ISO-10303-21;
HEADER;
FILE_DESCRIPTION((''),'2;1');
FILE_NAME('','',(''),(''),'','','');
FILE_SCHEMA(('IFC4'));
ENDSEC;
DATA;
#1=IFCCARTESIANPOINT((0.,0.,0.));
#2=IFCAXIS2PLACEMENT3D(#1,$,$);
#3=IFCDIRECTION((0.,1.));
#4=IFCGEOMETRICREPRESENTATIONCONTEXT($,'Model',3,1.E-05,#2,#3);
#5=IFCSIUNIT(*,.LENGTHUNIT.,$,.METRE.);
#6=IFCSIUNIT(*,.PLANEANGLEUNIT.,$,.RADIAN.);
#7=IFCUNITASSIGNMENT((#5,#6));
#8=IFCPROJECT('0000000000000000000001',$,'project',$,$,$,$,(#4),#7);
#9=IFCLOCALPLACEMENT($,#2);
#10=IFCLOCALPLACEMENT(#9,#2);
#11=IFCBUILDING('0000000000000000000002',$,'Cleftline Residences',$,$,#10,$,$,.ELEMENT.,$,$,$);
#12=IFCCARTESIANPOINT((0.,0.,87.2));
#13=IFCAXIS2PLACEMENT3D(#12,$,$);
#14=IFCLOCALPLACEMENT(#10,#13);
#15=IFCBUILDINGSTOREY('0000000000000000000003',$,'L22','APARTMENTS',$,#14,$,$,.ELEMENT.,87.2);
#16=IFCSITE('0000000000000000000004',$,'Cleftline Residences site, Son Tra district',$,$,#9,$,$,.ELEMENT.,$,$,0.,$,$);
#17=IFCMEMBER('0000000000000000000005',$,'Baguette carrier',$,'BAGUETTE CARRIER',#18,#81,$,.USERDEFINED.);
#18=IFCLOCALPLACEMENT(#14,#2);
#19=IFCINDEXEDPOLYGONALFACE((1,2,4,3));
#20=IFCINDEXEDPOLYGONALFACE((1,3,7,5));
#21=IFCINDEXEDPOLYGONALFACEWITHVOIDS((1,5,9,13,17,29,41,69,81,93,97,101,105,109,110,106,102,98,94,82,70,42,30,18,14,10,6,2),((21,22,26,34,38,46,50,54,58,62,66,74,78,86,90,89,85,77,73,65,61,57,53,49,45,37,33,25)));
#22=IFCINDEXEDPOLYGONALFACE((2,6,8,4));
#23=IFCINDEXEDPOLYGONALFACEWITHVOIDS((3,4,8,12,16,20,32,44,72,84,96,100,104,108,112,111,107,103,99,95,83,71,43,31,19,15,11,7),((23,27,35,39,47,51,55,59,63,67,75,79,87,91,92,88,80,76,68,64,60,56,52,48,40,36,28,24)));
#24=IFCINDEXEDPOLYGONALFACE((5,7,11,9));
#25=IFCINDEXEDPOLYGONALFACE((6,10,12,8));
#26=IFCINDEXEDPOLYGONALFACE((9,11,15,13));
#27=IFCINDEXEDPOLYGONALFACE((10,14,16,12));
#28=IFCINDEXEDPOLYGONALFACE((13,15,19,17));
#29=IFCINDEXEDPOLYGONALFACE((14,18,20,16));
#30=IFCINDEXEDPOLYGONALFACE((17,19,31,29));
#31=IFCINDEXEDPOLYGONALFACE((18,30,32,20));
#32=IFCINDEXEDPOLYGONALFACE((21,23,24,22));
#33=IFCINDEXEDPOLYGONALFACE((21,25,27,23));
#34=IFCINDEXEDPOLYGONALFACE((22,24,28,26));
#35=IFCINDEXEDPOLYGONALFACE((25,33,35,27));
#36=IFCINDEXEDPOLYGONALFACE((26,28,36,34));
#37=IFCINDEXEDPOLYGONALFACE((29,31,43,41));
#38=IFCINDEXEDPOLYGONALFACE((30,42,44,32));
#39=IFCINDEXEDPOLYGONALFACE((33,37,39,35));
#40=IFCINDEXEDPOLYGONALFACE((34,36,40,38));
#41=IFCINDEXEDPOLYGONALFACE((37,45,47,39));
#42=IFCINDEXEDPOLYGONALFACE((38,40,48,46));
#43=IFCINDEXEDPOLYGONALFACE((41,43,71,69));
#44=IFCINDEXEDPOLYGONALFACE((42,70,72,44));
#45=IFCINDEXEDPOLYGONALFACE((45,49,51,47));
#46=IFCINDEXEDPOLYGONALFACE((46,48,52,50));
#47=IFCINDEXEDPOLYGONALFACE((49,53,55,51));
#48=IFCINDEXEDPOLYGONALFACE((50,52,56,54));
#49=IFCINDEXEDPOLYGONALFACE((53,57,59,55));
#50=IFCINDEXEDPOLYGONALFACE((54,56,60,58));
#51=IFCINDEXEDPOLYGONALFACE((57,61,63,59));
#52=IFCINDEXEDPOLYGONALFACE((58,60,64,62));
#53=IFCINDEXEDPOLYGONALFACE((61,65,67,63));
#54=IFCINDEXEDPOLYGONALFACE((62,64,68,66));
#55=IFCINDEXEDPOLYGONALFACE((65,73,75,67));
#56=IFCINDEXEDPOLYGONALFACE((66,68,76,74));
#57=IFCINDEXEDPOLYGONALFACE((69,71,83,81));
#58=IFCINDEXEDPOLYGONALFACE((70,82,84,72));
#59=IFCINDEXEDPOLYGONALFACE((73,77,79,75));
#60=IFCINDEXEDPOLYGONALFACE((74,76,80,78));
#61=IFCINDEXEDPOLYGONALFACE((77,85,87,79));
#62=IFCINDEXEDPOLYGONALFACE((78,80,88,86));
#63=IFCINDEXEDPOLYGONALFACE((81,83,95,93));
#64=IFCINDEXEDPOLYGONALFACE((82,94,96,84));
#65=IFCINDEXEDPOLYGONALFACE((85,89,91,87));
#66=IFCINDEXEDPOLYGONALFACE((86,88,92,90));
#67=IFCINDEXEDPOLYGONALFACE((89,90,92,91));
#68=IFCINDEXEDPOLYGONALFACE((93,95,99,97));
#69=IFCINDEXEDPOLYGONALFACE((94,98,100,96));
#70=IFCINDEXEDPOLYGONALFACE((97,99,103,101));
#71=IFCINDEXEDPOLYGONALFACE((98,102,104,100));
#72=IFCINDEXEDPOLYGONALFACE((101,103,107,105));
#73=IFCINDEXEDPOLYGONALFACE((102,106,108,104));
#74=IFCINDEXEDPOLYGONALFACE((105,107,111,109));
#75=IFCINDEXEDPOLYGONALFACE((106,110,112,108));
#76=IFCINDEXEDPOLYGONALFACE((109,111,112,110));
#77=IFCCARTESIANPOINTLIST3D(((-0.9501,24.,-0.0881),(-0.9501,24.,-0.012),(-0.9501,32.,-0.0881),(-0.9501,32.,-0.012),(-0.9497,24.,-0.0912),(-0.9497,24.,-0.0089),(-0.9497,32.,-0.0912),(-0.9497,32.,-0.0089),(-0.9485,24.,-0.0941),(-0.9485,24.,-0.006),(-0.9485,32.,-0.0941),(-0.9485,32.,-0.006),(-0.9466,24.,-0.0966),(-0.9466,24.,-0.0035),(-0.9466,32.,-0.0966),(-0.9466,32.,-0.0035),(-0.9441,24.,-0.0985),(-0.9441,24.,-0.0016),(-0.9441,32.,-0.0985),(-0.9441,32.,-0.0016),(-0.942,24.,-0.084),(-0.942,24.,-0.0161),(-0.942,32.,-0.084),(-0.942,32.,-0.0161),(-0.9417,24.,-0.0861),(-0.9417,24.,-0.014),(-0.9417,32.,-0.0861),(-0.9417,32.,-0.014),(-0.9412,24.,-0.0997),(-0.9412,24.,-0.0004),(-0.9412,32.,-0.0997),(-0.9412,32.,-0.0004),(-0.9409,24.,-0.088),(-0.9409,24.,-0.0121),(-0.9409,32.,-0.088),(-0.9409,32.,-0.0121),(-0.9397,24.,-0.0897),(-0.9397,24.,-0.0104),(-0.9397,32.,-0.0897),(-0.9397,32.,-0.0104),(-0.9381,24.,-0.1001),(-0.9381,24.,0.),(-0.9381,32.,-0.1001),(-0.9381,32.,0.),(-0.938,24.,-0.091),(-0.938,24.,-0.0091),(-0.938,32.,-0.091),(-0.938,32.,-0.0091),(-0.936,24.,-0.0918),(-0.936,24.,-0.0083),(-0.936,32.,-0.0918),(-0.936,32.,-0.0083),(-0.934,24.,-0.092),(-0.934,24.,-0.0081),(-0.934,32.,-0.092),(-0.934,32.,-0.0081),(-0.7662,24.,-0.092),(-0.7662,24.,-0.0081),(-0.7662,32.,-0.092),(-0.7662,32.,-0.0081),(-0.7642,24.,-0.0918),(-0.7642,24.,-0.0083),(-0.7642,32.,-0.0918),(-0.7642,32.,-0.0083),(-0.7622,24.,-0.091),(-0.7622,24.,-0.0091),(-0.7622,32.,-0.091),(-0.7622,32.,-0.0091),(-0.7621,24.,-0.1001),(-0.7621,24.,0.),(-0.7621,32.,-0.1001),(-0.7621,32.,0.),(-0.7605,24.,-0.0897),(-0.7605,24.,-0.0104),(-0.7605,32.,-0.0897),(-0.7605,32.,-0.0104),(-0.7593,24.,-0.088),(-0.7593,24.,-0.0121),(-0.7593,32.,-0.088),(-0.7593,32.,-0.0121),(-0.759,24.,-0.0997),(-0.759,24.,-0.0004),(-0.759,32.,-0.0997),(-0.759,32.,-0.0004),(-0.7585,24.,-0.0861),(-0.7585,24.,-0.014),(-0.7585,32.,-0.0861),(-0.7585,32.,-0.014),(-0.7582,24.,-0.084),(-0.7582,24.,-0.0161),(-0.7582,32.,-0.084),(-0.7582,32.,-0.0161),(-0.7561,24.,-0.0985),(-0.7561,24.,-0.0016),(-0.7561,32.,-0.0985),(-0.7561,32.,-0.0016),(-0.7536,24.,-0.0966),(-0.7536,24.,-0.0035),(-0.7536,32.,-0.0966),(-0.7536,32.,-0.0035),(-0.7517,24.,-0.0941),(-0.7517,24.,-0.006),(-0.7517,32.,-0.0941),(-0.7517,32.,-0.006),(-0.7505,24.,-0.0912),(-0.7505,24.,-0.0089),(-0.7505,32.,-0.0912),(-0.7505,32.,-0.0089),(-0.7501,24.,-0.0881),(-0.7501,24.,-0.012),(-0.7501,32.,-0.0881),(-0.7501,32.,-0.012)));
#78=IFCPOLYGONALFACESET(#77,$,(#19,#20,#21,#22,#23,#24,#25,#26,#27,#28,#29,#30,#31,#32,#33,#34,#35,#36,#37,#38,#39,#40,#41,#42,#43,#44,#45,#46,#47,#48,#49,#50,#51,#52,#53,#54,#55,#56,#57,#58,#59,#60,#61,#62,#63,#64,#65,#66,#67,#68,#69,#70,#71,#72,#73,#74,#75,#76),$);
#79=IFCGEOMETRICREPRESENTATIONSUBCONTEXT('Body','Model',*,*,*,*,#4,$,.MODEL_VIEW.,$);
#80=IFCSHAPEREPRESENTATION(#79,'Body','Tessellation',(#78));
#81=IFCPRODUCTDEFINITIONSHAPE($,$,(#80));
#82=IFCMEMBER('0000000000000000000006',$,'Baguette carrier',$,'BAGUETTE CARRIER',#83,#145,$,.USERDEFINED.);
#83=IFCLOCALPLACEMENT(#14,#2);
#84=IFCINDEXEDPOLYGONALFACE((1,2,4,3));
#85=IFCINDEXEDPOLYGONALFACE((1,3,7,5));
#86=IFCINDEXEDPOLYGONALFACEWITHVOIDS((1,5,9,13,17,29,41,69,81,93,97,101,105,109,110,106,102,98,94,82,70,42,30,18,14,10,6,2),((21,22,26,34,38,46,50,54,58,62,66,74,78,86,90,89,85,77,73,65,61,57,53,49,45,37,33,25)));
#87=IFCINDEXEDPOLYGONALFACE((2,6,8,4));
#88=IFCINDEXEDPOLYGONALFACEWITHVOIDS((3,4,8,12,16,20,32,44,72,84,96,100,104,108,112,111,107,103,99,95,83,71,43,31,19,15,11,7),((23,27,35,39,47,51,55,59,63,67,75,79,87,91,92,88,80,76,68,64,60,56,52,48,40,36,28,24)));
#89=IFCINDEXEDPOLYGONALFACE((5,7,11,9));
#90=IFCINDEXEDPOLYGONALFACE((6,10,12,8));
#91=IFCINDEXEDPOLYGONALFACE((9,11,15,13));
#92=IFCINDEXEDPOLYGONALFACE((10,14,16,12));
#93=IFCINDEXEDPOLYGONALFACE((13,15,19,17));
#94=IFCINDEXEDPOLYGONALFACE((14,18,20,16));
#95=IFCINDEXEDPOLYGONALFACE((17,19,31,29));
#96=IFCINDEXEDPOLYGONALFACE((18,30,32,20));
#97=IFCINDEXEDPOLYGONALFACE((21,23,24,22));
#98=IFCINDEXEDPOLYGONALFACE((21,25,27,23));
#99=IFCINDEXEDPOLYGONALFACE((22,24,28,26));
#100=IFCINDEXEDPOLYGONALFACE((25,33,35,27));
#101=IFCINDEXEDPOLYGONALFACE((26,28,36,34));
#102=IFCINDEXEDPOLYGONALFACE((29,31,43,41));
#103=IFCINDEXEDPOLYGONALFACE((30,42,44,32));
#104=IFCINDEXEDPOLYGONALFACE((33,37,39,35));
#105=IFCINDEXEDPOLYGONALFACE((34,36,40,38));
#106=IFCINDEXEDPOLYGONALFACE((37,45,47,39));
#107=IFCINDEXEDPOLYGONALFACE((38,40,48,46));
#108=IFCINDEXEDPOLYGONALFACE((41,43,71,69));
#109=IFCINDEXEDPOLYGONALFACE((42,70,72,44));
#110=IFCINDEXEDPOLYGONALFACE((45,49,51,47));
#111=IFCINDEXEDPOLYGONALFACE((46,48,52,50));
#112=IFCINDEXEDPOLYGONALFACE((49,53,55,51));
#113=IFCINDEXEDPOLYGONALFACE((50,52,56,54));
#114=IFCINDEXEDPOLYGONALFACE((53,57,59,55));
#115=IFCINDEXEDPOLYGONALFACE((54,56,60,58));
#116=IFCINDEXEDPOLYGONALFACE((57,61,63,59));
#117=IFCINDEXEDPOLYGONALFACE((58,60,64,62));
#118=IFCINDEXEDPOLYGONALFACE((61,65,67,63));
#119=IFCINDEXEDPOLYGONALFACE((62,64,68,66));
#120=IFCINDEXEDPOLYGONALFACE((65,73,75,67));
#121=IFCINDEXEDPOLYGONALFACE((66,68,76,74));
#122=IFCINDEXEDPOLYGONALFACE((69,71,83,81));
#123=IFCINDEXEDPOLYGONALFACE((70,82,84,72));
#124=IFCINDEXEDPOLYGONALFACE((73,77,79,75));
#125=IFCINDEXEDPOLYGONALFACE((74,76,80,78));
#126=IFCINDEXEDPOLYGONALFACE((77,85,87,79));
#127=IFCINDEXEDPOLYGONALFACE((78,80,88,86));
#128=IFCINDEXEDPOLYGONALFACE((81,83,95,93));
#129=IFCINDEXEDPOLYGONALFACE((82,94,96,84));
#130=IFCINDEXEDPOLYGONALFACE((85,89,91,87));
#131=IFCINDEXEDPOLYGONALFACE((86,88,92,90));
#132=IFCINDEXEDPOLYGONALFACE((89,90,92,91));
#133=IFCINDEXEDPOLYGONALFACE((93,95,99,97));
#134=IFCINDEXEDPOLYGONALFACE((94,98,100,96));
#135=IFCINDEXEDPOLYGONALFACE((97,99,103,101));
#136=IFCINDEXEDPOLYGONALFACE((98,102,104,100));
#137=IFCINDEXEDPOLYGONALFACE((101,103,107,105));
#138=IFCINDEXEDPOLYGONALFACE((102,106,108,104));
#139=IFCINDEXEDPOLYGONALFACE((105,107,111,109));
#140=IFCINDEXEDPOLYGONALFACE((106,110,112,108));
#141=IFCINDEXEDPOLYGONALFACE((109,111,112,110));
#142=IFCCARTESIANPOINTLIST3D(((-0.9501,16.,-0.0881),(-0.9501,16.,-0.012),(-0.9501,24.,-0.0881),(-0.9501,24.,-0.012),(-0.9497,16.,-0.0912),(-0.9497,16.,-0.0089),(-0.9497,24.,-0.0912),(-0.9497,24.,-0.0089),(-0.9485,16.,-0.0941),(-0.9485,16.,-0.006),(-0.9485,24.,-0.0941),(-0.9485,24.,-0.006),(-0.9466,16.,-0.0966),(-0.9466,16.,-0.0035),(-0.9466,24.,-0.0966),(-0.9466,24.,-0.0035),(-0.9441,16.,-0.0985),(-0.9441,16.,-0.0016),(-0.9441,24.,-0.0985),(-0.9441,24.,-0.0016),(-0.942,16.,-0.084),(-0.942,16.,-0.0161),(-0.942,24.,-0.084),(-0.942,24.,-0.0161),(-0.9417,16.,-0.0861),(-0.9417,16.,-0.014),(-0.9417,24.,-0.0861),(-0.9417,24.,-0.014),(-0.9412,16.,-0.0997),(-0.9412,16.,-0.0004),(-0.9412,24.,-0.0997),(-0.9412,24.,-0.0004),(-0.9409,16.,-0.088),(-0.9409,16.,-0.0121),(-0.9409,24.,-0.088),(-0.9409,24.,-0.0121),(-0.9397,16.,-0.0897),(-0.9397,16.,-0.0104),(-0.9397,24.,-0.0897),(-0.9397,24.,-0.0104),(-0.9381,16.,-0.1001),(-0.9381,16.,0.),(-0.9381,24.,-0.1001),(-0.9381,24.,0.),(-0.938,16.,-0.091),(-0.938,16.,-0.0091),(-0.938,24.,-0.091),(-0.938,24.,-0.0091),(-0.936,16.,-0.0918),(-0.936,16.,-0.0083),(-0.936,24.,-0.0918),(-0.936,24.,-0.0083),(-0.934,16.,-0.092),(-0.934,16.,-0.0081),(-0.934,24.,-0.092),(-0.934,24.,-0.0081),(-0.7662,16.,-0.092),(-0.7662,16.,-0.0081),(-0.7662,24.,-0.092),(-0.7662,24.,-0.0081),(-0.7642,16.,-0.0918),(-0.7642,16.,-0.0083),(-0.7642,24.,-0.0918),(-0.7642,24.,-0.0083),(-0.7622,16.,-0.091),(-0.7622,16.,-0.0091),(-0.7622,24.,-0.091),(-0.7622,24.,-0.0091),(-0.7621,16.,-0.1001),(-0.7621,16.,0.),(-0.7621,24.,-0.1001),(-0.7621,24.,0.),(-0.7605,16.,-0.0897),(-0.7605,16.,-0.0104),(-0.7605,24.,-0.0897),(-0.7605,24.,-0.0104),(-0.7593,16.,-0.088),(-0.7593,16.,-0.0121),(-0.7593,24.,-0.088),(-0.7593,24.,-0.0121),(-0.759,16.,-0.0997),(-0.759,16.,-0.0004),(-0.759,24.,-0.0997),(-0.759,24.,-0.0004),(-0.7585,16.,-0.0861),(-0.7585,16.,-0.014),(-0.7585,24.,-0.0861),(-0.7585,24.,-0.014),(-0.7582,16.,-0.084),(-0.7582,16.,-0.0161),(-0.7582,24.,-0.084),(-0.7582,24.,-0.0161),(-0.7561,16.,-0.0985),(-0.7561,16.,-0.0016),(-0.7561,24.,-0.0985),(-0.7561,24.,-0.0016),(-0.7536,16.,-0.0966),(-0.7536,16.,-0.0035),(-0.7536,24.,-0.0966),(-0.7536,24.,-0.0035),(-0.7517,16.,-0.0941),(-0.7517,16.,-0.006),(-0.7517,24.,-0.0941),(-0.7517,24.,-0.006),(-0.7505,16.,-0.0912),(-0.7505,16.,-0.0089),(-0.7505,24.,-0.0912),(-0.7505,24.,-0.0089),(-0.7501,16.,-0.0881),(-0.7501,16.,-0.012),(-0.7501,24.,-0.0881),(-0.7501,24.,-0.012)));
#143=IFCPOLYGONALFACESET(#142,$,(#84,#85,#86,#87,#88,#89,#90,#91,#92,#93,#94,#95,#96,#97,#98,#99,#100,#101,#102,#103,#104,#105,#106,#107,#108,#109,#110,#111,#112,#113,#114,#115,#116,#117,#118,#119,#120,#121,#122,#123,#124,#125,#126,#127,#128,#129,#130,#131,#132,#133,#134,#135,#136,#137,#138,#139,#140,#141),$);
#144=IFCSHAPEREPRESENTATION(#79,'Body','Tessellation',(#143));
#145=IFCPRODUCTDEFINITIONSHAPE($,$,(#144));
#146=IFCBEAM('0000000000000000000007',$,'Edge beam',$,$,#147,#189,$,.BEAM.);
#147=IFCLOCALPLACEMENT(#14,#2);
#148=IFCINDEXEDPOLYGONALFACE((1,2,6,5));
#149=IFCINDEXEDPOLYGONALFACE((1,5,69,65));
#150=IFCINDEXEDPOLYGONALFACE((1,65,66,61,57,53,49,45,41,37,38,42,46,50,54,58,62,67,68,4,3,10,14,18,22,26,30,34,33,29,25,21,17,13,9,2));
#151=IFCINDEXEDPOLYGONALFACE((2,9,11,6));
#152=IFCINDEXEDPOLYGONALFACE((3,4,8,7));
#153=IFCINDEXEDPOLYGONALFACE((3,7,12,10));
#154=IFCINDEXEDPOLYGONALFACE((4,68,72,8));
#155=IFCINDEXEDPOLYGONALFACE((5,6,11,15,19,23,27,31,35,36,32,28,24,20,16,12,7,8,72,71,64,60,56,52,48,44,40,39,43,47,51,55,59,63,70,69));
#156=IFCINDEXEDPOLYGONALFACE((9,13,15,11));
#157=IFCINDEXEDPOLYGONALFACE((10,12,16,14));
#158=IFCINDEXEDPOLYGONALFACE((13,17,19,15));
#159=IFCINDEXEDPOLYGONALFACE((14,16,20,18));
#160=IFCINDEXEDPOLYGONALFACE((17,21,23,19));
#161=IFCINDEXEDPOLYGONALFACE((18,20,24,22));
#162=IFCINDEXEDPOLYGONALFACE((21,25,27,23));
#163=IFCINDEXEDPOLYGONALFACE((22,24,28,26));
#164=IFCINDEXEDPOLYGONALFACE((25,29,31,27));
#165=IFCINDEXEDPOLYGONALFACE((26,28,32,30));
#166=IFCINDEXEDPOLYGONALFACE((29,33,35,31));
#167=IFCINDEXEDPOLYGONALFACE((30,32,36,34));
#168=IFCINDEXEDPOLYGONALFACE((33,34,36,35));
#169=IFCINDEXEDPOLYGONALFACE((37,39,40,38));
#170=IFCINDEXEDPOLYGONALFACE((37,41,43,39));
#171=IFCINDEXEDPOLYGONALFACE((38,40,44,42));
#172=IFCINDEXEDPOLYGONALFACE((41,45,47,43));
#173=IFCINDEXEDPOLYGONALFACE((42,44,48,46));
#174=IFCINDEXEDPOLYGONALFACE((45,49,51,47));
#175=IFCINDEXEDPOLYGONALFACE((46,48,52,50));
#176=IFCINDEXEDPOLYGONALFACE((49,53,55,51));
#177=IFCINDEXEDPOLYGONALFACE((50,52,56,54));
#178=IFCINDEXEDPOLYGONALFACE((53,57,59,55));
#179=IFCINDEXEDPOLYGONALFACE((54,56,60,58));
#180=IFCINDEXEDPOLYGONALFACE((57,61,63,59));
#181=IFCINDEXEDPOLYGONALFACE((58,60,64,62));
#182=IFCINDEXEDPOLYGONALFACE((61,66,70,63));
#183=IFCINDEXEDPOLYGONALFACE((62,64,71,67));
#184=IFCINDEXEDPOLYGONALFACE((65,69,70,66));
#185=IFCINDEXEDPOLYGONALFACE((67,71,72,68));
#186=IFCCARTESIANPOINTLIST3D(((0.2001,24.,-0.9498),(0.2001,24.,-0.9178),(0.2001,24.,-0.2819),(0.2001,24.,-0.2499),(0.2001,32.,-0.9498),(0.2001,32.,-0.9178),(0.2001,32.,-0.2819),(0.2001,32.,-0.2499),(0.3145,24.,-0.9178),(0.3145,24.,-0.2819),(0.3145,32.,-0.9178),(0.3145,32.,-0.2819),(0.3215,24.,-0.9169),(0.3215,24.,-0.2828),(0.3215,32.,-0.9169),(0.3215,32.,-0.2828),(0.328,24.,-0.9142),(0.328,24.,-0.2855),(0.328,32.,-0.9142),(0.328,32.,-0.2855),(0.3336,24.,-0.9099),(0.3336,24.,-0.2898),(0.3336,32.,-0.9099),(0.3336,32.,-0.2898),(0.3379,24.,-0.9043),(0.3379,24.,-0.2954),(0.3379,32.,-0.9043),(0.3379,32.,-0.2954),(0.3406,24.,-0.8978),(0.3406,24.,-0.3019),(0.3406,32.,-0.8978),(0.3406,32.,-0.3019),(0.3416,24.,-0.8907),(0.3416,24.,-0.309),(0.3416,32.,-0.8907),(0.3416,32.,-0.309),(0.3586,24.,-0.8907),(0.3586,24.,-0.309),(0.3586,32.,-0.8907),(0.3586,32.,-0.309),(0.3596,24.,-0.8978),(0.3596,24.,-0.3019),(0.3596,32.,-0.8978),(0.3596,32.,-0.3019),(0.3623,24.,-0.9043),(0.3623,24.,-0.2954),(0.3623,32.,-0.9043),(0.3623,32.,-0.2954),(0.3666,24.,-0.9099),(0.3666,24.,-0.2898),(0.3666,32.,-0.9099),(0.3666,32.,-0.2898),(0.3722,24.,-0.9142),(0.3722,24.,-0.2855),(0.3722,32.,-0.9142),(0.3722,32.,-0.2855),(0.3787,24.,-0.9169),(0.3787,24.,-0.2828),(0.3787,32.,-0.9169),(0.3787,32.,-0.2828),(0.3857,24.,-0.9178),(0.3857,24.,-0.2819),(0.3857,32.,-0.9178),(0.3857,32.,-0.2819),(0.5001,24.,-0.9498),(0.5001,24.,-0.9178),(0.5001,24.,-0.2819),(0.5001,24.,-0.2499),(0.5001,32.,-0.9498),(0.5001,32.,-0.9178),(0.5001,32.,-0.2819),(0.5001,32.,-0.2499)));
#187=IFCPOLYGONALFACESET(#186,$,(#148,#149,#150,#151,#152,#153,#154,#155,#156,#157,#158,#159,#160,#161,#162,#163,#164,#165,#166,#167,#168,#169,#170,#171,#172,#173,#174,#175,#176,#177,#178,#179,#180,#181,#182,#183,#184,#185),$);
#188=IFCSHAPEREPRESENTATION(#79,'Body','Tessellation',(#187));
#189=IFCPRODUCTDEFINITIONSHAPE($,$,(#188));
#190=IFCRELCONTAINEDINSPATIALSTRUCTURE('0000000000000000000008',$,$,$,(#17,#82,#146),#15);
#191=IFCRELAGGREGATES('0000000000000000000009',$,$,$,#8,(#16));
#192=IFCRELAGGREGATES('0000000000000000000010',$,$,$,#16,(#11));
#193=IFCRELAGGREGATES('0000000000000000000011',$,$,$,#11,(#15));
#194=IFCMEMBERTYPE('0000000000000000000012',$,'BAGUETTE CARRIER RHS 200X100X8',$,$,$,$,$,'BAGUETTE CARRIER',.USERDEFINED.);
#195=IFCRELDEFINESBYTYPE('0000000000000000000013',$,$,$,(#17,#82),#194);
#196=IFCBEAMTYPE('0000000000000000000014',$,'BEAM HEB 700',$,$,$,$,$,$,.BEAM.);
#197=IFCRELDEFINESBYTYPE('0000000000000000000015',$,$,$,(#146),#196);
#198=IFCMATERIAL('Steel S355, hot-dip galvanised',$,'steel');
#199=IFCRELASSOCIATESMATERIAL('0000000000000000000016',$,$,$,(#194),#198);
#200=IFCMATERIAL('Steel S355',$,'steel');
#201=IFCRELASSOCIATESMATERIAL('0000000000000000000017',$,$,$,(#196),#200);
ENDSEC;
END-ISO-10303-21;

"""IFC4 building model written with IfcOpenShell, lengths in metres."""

from ifc_helpers import new_model, si_unit, direction, frame, origin, origin_2d, place, context, subcontext, project, spatial, hollow_rectangle, i_section, extrude, material, material_profile, profile_set, type_object, element, save


model = new_model("IFC4")

# Units and contexts
model_context = context("Model", 3, precision=1e-05, world=origin(), true_north=direction((0.0, 1.0)))
body_context = subcontext(model_context, "Body", "Model", "MODEL_VIEW")
ifc_project = project(units=[si_unit("LENGTHUNIT", "METRE"), si_unit("PLANEANGLEUNIT", "RADIAN")], contexts=[model_context])

# Site, building, storey
site_placement = place(None, origin())
site = spatial("IfcSite", under=ifc_project, at=site_placement, Name="Cleftline Residences site, Son Tra district", CompositionType="ELEMENT", RefElevation=0.0)
building_placement = place(site_placement, origin())
building = spatial("IfcBuilding", under=site, at=building_placement, Name="Cleftline Residences", CompositionType="ELEMENT")
storey_placement = place(building_placement, frame((0.0, 0.0, 87.2)))
storey = spatial("IfcBuildingStorey", under=building, at=storey_placement, Name="L22", Description="APARTMENTS", CompositionType="ELEMENT", Elevation=87.2)

# Members
ifc_material_1 = material(Name="Steel S355, hot-dip galvanised", Category="steel")
ifc_material_profile_1 = material_profile(ifc_material_1, hollow_rectangle(XDim=0.1001, YDim=0.2, WallThickness=0.0081, InnerFilletRadius=0.0081, OuterFilletRadius=0.012, at=origin_2d()))
ifc_profile_set_1 = profile_set([ifc_material_profile_1], Name="Steel S355, hot-dip galvanised")
member_type_1 = type_object("IfcMemberType", Name="BAGUETTE CARRIER RHS 200X100X8", ElementType="BAGUETTE CARRIER", PredefinedType="USERDEFINED", material=ifc_profile_set_1)
for number, where, z_axis, x_axis, name in (
    (1, (-0.8501, 32.0, -0.05), (0.0, -1.0, 0.0), (0.0, 0.0, 1.0), "Baguette carrier"),
    (2, (-0.8501, 24.0, -0.05), (0.0, -1.0, 0.0), (0.0, 0.0, 1.0), "Baguette carrier"),
):
    element("IfcMember", number, at=place(storey_placement, frame(where, z_axis=z_axis, x_axis=x_axis)), inside=storey, type_object=member_type_1, Name=name, ObjectType="BAGUETTE CARRIER", PredefinedType="USERDEFINED", context=body_context, shape_type="SweptSolid", body=[
        extrude(hollow_rectangle(XDim=0.1001, YDim=0.2, WallThickness=0.0081, InnerFilletRadius=0.0081, OuterFilletRadius=0.012, at=origin_2d()), origin(), (0.0, 0.0, 1.0), 8.0),
    ])

# Beam
ifc_material_2 = material(Name="Steel S355", Category="steel")
ifc_material_profile_2 = material_profile(ifc_material_2, i_section(OverallWidth=0.3, OverallDepth=0.7, WebThickness=0.0171, FlangeThickness=0.032, FilletRadius=0.0271, at=origin_2d()))
ifc_profile_set_2 = profile_set([ifc_material_profile_2], Name="Steel S355")
beam_type_1 = type_object("IfcBeamType", Name="BEAM HEB 700", PredefinedType="BEAM", material=ifc_profile_set_2)
for number, where, z_axis, x_axis, name in (
    (3, (0.3501, 24.0, -0.5999), (0.0, 1.0, 0.0), (-1.0, 0.0, 0.0), "Edge beam"),
):
    element("IfcBeam", number, at=place(storey_placement, frame(where, z_axis=z_axis, x_axis=x_axis)), inside=storey, type_object=beam_type_1, Name=name, PredefinedType="BEAM", context=body_context, shape_type="SweptSolid", body=[
        extrude(i_section(OverallWidth=0.3, OverallDepth=0.7, WebThickness=0.0171, FlangeThickness=0.032, FilletRadius=0.0271, at=origin_2d()), origin(), (0.0, 0.0, 1.0), 8.0),
    ])

save(model, "model.ifc")
